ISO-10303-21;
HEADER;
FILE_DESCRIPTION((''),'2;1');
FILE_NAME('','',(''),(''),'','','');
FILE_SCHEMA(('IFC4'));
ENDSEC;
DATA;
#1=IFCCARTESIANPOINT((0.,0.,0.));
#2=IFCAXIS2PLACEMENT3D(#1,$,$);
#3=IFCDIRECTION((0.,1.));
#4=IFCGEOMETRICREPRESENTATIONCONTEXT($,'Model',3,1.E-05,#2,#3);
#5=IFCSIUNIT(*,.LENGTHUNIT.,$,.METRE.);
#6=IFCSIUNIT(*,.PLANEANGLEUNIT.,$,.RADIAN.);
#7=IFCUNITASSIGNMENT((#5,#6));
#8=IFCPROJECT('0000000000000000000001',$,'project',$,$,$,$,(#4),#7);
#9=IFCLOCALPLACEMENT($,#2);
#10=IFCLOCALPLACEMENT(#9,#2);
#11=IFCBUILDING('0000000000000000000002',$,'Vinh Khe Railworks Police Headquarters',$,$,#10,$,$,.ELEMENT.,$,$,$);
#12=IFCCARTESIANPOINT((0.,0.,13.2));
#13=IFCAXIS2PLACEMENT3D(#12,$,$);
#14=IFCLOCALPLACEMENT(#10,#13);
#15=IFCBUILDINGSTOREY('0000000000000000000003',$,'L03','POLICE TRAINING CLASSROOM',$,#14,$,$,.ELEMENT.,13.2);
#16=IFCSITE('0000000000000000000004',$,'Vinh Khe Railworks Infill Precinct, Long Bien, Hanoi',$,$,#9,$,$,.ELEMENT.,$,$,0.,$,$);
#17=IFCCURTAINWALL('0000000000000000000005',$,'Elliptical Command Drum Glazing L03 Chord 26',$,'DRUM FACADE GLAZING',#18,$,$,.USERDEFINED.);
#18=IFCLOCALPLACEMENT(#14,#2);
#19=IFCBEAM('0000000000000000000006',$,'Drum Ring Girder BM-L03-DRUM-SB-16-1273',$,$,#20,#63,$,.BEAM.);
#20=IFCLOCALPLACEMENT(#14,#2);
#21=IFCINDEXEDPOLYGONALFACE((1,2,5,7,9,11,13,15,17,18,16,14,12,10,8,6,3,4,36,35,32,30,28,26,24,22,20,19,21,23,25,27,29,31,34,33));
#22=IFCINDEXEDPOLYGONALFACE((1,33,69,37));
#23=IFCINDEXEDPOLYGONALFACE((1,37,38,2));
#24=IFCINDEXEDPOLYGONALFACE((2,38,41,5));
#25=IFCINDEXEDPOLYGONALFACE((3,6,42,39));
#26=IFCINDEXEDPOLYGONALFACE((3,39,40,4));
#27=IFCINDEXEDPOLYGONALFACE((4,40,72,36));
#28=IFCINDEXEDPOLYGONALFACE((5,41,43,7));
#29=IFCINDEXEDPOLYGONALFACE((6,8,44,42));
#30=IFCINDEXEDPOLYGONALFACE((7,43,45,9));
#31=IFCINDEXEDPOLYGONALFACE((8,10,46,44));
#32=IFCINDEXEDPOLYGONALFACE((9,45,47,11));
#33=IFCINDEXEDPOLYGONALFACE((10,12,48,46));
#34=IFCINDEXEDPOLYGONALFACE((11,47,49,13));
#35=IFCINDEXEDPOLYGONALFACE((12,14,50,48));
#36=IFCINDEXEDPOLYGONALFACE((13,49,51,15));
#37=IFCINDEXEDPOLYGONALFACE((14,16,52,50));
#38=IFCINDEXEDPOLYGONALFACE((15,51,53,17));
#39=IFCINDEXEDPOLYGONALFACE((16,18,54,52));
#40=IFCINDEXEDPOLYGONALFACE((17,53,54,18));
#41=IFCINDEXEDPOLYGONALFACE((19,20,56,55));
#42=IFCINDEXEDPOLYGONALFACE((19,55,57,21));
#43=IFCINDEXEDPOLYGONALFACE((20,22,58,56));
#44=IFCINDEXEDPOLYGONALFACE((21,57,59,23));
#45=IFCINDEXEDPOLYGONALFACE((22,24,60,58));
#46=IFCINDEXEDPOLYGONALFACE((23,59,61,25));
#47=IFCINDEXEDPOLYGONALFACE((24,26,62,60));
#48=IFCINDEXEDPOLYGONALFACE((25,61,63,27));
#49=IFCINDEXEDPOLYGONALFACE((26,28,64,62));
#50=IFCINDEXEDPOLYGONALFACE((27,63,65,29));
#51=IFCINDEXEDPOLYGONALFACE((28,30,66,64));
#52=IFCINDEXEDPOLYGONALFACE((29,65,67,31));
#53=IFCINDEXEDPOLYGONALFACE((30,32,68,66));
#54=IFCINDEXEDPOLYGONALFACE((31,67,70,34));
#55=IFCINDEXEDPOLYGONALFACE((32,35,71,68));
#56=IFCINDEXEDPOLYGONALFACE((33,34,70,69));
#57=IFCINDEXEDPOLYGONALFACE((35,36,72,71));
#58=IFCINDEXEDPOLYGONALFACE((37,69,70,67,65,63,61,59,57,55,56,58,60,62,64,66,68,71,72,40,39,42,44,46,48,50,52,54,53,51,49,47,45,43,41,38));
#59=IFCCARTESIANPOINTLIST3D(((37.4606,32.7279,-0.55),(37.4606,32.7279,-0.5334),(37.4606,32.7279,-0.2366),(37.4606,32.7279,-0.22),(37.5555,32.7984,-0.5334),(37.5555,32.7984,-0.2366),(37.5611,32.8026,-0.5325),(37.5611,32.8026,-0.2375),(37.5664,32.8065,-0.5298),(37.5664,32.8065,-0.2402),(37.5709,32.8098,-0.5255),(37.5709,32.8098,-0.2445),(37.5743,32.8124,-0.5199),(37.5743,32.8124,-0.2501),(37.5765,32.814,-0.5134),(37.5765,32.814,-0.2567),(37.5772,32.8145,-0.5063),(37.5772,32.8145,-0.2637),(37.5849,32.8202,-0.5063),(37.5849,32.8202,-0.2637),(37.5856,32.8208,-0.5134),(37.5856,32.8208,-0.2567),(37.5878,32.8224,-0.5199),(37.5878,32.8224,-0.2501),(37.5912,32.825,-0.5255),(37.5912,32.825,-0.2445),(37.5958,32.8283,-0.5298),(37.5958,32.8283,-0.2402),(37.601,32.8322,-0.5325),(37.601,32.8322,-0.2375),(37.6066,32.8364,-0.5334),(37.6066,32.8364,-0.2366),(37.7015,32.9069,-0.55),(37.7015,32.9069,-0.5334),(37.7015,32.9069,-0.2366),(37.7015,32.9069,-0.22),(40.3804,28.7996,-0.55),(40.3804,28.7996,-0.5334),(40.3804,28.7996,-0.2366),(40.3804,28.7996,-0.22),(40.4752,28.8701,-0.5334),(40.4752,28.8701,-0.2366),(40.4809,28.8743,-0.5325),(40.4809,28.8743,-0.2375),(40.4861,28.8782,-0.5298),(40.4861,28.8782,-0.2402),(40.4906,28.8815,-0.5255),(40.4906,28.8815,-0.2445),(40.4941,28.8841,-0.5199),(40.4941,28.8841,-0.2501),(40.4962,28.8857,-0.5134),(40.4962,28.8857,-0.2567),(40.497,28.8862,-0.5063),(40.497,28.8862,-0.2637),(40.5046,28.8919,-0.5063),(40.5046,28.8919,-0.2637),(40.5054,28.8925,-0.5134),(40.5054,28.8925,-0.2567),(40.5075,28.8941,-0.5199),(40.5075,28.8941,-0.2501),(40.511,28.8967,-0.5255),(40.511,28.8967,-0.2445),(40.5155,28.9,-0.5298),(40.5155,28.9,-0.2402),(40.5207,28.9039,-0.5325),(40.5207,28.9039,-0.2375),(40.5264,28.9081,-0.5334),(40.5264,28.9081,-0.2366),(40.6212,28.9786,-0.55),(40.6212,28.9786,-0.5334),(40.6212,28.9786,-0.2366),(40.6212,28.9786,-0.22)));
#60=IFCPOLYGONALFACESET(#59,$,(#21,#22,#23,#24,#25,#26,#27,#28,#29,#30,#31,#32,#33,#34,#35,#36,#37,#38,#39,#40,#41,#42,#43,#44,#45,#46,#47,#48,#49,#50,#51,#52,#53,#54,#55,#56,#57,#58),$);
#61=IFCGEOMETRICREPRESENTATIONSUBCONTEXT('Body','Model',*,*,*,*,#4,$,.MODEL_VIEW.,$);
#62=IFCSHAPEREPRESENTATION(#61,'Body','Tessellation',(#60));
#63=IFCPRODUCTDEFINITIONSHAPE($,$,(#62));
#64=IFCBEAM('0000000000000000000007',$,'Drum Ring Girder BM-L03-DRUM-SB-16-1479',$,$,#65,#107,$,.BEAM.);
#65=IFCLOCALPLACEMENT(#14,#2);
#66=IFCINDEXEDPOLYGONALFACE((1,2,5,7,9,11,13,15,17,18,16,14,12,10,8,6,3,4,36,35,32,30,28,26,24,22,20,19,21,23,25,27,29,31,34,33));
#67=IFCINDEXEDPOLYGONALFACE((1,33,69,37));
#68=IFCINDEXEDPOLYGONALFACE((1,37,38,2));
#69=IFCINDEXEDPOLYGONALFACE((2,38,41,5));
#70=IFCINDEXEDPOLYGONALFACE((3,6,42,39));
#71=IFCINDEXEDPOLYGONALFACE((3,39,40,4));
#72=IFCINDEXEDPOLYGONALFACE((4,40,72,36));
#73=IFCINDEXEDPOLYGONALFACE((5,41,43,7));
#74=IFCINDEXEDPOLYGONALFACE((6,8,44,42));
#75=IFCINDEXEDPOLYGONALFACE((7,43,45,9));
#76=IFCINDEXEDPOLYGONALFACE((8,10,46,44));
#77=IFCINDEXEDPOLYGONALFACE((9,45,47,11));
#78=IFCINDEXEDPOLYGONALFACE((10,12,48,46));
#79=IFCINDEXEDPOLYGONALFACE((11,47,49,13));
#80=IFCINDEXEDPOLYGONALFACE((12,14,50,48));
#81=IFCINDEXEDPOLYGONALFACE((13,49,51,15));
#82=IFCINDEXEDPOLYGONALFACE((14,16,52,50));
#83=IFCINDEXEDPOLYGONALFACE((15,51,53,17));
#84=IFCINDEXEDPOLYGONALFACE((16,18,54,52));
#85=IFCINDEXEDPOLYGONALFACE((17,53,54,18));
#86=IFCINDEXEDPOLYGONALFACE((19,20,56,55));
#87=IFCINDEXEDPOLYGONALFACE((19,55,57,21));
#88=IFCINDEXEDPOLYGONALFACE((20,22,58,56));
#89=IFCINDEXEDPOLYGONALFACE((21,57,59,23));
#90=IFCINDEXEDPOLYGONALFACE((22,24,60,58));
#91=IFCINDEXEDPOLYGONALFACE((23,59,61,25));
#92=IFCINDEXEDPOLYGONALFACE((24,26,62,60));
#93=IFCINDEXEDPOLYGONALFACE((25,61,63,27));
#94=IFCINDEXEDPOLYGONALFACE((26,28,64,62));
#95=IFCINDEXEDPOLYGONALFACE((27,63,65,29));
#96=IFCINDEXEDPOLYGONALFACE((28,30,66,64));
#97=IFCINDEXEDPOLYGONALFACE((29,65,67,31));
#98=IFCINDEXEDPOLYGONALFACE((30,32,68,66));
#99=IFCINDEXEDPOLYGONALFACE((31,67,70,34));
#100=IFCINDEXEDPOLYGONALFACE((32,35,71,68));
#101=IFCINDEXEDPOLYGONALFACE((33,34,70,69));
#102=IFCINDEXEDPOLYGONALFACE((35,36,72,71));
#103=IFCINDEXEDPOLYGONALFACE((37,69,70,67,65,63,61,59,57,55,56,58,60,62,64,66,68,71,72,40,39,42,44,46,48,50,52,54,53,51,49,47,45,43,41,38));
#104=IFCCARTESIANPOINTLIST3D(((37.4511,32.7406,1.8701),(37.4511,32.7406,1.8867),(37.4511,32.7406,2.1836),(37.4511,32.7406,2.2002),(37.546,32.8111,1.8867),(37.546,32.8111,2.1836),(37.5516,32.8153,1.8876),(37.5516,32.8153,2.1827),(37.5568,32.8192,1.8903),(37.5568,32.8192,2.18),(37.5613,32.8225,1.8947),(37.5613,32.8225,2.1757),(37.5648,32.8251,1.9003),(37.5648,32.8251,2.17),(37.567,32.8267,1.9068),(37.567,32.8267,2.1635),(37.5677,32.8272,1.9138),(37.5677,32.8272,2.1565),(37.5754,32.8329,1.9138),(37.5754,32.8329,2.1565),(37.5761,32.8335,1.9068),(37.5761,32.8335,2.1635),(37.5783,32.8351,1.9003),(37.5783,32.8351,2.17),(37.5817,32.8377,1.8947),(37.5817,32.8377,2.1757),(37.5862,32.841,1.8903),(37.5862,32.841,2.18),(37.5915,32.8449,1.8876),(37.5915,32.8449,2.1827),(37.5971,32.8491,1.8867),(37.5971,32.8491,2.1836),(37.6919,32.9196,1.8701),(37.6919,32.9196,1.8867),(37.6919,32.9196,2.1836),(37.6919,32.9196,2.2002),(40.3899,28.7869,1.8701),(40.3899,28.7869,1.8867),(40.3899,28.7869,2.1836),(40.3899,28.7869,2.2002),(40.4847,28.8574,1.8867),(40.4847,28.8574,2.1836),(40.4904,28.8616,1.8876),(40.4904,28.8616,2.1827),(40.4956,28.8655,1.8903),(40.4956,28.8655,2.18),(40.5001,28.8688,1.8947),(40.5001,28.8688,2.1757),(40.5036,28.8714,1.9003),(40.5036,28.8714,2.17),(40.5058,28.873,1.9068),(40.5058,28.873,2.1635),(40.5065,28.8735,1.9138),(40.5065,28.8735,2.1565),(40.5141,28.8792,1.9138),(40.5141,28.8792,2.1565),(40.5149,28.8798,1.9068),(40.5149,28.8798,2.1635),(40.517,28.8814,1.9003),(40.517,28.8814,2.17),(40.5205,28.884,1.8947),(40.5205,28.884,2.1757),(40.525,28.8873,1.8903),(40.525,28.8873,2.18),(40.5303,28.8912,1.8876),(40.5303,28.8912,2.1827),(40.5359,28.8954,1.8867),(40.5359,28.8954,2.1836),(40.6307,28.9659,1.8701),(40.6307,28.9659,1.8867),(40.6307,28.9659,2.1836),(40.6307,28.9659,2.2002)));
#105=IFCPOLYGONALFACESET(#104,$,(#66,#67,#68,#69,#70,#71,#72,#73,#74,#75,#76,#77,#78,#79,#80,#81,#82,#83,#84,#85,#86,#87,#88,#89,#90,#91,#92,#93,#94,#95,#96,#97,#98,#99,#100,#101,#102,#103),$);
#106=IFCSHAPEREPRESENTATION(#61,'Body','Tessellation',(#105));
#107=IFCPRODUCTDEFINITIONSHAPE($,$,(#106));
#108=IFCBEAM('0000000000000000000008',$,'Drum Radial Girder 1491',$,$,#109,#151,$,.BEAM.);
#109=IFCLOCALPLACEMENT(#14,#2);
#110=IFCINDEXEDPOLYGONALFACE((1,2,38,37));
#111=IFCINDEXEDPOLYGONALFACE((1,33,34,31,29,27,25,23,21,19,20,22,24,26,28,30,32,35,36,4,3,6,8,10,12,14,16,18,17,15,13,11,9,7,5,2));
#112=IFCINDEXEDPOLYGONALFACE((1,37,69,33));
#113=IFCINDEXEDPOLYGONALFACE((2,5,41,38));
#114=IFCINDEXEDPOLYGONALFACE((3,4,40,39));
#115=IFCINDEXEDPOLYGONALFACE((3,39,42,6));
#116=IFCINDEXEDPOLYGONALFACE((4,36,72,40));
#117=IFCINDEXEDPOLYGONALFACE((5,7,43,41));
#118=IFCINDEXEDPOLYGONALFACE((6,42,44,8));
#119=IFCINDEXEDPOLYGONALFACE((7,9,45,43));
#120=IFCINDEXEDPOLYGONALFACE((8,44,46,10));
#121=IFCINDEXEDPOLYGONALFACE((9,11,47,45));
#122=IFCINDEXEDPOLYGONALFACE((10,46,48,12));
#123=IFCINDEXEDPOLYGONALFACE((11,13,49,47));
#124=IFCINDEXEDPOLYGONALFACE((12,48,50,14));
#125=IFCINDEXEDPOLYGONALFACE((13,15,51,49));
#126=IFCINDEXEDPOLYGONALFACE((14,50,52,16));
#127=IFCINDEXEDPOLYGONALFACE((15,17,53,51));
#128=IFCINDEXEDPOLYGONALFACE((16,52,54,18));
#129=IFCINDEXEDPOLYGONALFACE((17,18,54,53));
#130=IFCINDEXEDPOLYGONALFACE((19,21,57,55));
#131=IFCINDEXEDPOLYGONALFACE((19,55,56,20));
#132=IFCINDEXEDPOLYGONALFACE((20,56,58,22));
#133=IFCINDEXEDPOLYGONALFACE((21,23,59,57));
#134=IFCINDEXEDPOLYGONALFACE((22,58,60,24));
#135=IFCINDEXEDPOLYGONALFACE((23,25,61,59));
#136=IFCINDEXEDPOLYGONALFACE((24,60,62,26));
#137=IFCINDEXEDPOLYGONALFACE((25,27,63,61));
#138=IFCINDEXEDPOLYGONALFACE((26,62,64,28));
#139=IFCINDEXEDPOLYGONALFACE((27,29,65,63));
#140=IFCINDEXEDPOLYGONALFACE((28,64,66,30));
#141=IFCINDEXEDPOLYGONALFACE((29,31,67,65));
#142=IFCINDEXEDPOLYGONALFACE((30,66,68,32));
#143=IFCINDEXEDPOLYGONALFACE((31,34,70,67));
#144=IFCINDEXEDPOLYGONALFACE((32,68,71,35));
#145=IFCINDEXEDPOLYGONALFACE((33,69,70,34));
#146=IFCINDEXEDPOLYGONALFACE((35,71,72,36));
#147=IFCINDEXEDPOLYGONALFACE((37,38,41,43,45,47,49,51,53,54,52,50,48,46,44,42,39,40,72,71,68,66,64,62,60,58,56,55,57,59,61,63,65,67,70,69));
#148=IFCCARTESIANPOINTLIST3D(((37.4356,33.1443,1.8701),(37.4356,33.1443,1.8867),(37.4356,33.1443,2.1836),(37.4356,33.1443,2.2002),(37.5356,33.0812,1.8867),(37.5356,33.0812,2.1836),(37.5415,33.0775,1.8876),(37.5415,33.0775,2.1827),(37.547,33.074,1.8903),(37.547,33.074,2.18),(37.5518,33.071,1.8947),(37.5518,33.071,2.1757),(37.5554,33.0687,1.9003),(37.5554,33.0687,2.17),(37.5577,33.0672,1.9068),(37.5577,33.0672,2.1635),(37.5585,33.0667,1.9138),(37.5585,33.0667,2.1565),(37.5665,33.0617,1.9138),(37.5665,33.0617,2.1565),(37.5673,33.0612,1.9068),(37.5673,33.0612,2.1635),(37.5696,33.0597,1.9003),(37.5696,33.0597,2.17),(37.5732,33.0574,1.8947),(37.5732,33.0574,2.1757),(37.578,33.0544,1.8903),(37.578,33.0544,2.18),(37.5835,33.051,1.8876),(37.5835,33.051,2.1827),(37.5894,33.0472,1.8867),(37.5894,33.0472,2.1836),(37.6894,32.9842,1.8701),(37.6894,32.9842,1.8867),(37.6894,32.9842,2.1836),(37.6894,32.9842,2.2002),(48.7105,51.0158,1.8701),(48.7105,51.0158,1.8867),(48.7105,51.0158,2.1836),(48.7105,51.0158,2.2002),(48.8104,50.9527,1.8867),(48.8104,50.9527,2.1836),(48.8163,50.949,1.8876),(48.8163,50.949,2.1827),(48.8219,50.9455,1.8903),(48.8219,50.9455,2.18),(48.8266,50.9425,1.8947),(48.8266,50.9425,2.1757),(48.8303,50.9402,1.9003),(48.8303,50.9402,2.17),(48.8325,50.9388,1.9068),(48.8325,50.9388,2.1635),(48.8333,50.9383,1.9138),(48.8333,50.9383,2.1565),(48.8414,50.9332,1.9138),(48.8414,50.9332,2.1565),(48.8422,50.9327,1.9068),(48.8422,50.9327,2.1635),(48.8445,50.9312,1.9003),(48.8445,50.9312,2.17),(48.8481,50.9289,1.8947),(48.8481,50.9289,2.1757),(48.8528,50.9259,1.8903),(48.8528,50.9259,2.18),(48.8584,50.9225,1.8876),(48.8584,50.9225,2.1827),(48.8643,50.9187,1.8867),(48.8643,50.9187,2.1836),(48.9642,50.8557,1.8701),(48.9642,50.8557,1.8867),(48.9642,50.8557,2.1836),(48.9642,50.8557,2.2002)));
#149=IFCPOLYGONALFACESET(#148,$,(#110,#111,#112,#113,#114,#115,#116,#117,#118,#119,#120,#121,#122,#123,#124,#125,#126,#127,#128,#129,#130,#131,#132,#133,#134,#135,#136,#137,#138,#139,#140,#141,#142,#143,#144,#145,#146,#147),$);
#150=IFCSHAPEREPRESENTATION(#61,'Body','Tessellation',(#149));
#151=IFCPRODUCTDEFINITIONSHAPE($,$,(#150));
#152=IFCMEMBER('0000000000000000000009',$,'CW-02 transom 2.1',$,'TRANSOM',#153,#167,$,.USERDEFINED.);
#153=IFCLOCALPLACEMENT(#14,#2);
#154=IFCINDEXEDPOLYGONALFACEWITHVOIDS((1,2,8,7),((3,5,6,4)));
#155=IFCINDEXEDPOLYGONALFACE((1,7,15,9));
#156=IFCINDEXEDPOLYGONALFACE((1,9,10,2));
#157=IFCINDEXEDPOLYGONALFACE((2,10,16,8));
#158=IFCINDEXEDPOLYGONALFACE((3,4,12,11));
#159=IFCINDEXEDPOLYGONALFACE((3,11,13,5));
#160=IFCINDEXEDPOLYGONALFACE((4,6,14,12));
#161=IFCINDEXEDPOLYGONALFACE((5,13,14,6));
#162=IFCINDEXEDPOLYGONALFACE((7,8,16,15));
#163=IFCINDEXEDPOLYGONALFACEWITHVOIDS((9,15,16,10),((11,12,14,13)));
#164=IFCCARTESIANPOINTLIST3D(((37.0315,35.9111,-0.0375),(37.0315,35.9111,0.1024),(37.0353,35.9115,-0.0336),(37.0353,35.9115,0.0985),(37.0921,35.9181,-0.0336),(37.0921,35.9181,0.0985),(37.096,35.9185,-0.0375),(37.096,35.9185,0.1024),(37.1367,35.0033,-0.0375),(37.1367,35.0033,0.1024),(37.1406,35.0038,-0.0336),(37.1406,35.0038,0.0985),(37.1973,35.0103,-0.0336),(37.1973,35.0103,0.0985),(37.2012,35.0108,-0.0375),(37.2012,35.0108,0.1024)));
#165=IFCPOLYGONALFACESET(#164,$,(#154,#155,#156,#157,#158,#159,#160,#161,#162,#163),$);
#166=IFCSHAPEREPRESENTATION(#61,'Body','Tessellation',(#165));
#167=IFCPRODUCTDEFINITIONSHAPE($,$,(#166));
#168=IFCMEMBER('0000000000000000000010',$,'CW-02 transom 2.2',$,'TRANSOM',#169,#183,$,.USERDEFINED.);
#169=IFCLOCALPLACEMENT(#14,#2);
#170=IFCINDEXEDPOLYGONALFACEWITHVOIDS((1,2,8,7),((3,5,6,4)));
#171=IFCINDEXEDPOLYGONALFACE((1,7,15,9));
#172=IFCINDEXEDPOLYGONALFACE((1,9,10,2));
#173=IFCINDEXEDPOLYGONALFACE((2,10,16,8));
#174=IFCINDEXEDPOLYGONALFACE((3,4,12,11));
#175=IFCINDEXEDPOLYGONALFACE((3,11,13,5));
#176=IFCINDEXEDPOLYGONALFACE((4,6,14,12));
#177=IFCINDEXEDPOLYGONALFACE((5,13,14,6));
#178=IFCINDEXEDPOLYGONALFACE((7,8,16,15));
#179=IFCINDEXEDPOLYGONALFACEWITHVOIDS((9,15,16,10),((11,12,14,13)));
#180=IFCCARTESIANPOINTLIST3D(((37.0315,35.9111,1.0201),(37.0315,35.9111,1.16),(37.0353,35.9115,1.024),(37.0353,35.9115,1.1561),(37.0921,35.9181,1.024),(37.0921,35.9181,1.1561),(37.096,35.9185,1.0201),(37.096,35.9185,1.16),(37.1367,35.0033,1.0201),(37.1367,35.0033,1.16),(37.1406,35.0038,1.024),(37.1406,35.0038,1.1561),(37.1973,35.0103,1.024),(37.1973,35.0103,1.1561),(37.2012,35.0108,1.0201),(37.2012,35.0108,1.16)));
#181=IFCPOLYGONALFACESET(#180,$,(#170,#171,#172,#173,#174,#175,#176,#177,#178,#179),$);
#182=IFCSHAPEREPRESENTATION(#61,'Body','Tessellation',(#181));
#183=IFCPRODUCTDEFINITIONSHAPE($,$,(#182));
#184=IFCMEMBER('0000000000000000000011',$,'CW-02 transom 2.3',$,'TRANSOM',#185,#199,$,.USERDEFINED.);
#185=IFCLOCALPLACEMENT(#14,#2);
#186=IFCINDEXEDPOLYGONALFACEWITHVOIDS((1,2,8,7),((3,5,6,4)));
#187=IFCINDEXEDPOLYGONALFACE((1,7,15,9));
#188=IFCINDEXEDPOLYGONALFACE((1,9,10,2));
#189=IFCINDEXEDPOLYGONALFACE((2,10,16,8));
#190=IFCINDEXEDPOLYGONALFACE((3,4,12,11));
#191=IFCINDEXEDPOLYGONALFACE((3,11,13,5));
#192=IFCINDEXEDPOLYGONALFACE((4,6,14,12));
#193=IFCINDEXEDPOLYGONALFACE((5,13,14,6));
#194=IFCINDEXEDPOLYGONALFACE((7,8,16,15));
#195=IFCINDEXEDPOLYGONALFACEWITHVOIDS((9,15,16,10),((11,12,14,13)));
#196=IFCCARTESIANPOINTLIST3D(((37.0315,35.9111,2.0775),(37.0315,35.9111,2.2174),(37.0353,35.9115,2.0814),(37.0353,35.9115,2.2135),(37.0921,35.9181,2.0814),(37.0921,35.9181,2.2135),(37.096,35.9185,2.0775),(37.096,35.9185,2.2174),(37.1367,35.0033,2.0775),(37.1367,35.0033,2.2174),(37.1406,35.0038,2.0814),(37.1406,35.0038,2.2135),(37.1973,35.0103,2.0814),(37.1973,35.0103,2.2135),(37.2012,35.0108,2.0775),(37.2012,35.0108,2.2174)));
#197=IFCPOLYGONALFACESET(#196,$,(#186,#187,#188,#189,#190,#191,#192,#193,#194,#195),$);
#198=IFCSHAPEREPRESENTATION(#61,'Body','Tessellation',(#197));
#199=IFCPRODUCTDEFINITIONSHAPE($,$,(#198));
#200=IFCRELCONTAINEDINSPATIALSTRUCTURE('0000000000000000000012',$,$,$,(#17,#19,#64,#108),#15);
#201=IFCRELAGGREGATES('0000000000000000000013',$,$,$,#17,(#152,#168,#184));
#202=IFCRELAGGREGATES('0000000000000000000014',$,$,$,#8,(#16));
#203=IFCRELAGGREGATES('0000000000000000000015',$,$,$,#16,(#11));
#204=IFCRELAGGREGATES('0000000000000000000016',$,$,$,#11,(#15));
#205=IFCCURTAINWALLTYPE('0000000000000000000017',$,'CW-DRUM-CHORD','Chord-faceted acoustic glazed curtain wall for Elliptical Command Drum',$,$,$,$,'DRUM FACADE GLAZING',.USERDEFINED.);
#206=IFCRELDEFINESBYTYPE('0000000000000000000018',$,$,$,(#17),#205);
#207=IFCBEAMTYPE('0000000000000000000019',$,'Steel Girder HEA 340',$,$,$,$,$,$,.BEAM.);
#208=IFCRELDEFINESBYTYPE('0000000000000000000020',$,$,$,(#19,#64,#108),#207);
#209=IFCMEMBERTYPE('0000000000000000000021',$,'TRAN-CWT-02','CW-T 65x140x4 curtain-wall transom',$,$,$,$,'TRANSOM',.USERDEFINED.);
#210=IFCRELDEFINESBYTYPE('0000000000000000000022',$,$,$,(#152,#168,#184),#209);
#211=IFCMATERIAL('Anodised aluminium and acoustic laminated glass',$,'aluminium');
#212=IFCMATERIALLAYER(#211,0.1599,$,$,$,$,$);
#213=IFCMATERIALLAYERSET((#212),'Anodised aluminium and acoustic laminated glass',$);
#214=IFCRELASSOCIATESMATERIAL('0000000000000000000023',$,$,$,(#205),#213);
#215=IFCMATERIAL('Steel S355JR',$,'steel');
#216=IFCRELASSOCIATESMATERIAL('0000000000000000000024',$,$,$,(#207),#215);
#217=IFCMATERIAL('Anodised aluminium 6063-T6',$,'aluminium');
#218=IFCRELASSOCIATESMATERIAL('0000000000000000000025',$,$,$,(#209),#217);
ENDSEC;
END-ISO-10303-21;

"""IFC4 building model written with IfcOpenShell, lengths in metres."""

from ifc_helpers import new_model, si_unit, direction, frame, origin, origin_2d, place, context, subcontext, project, spatial, hollow_rectangle, i_section, extrude, material, layer, layer_set, material_profile, profile_set, type_object, element, aggregate, save


model = new_model("IFC4")

# Units and contexts
model_context = context("Model", 3, precision=1e-05, world=origin(), true_north=direction((0.0, 1.0)))
body_context = subcontext(model_context, "Body", "Model", "MODEL_VIEW")
ifc_project = project(units=[si_unit("LENGTHUNIT", "METRE"), si_unit("PLANEANGLEUNIT", "RADIAN")], contexts=[model_context])

# Site, building, storey
site_placement = place(None, origin())
site = spatial("IfcSite", under=ifc_project, at=site_placement, Name="Vinh Khe Railworks Infill Precinct, Long Bien, Hanoi", CompositionType="ELEMENT", RefElevation=0.0)
building_placement = place(site_placement, origin())
building = spatial("IfcBuilding", under=site, at=building_placement, Name="Vinh Khe Railworks Police Headquarters", CompositionType="ELEMENT")
storey_placement = place(building_placement, frame((0.0, 0.0, 13.2)))
storey = spatial("IfcBuildingStorey", under=building, at=storey_placement, Name="L03", Description="POLICE TRAINING CLASSROOM", CompositionType="ELEMENT", Elevation=13.2)

# Shared definitions
ifc_material_1 = material(Name="Steel S355JR", Category="steel")

# Curtain wall
ifc_material_2 = material(Name="Anodised aluminium and acoustic laminated glass", Category="aluminium")
ifc_layer_1 = layer(ifc_material_2, 0.1599)
ifc_layer_set_1 = layer_set([ifc_layer_1], Name="Anodised aluminium and acoustic laminated glass")
curtain_wall_type = type_object("IfcCurtainWallType", Name="CW-DRUM-CHORD", Description="Chord-faceted acoustic glazed curtain wall for Elliptical Command Drum", ElementType="DRUM FACADE GLAZING", PredefinedType="USERDEFINED", material=ifc_layer_set_1)
curtain_wall_1_placement = place(storey_placement, origin())
curtain_wall_1 = element("IfcCurtainWall", 1, at=curtain_wall_1_placement, inside=storey, type_object=curtain_wall_type, Name="Elliptical Command Drum Glazing L03 Chord 26", ObjectType="DRUM FACADE GLAZING", PredefinedType="USERDEFINED")
ifc_material_3 = material(Name="Anodised aluminium 6063-T6", Category="aluminium")

# Beams
ifc_material_profile_1 = material_profile(ifc_material_1, i_section(OverallWidth=0.3, OverallDepth=0.3301, WebThickness=0.0095, FlangeThickness=0.0166, FilletRadius=0.0271, at=origin_2d()), Name="HEA 340")
ifc_profile_set_1 = profile_set([ifc_material_profile_1], Name="Steel S355JR")
beam_type = type_object("IfcBeamType", Name="Steel Girder HEA 340", PredefinedType="BEAM", material=ifc_profile_set_1)
beam_1_placement = place(storey_placement, frame((37.5811, 32.8174, -0.385), z_axis=(0.596531, -0.80259, 0.0), x_axis=(0.80259, 0.596531, 0.0)))
element("IfcBeam", 2, at=beam_1_placement, inside=storey, type_object=beam_type, Name="Drum Ring Girder BM-L03-DRUM-SB-16-1273", PredefinedType="BEAM", context=body_context, shape_type="SweptSolid", body=[
    extrude(i_section(OverallWidth=0.3, OverallDepth=0.3301, WebThickness=0.0095, FlangeThickness=0.0166, FilletRadius=0.0271, at=origin_2d()), origin(), (0.0, 0.0, 1.0), 4.8945),
])
beam_2_placement = place(storey_placement, frame((37.5715, 32.8301, 2.0352), z_axis=(0.596553, -0.802574, 0.0), x_axis=(0.802574, 0.596553, 0.0)))
element("IfcBeam", 3, at=beam_2_placement, inside=storey, type_object=beam_type, Name="Drum Ring Girder BM-L03-DRUM-SB-16-1479", PredefinedType="BEAM", context=body_context, shape_type="SweptSolid", body=[
    extrude(i_section(OverallWidth=0.3, OverallDepth=0.3301, WebThickness=0.0095, FlangeThickness=0.0166, FilletRadius=0.0271, at=origin_2d()), origin(), (0.0, 0.0, 1.0), 4.9263),
])
beam_3_placement = place(storey_placement, frame((37.5625, 33.0642, 2.0352), z_axis=(0.533573, 0.845754, 0.0), x_axis=(-0.845754, 0.533573, 0.0)))
element("IfcBeam", 4, at=beam_3_placement, inside=storey, type_object=beam_type, Name="Drum Radial Girder 1491", PredefinedType="BEAM", context=body_context, shape_type="SweptSolid", body=[
    extrude(i_section(OverallWidth=0.3, OverallDepth=0.3301, WebThickness=0.0095, FlangeThickness=0.0166, FilletRadius=0.0271, at=origin_2d()), origin(), (0.0, 0.0, 1.0), 21.1309),
])

# Members
ifc_material_profile_2 = material_profile(ifc_material_3, hollow_rectangle(XDim=0.0649, YDim=0.1399, WallThickness=0.0039, at=origin_2d()), Name="CW-T 65x140x4")
ifc_profile_set_2 = profile_set([ifc_material_profile_2], Name="Anodised aluminium 6063-T6")
member_type_1 = type_object("IfcMemberType", Name="TRAN-CWT-02", Description="CW-T 65x140x4 curtain-wall transom", ElementType="TRANSOM", PredefinedType="USERDEFINED", material=ifc_profile_set_2)
member_1_placement = place(storey_placement, frame((37.0637, 35.9148, 0.0325), z_axis=(0.115151, -0.993348, 0.0), x_axis=(0.993348, 0.115151, 0.0)))
member_1 = element("IfcMember", 5, at=member_1_placement, type_object=member_type_1, Name="CW-02 transom 2.1", ObjectType="TRANSOM", PredefinedType="USERDEFINED", context=body_context, shape_type="SweptSolid", body=[
    extrude(hollow_rectangle(XDim=0.0649, YDim=0.1399, WallThickness=0.0039, at=origin_2d()), origin(), (0.0, 0.0, 1.0), 0.9138),
])
member_2_placement = place(storey_placement, frame((37.0637, 35.9148, 1.0901), z_axis=(0.115151, -0.993348, 0.0), x_axis=(0.993348, 0.115151, 0.0)))
member_2 = element("IfcMember", 6, at=member_2_placement, type_object=member_type_1, Name="CW-02 transom 2.2", ObjectType="TRANSOM", PredefinedType="USERDEFINED", context=body_context, shape_type="SweptSolid", body=[
    extrude(hollow_rectangle(XDim=0.0649, YDim=0.1399, WallThickness=0.0039, at=origin_2d()), origin(), (0.0, 0.0, 1.0), 0.9138),
])
member_3_placement = place(storey_placement, frame((37.0637, 35.9148, 2.1475), z_axis=(0.115151, -0.993348, 0.0), x_axis=(0.993348, 0.115151, 0.0)))
member_3 = element("IfcMember", 7, at=member_3_placement, type_object=member_type_1, Name="CW-02 transom 2.3", ObjectType="TRANSOM", PredefinedType="USERDEFINED", context=body_context, shape_type="SweptSolid", body=[
    extrude(hollow_rectangle(XDim=0.0649, YDim=0.1399, WallThickness=0.0039, at=origin_2d()), origin(), (0.0, 0.0, 1.0), 0.9138),
])

aggregate(curtain_wall_1, [member_1, member_2, member_3])

save(model, "model.ifc")
